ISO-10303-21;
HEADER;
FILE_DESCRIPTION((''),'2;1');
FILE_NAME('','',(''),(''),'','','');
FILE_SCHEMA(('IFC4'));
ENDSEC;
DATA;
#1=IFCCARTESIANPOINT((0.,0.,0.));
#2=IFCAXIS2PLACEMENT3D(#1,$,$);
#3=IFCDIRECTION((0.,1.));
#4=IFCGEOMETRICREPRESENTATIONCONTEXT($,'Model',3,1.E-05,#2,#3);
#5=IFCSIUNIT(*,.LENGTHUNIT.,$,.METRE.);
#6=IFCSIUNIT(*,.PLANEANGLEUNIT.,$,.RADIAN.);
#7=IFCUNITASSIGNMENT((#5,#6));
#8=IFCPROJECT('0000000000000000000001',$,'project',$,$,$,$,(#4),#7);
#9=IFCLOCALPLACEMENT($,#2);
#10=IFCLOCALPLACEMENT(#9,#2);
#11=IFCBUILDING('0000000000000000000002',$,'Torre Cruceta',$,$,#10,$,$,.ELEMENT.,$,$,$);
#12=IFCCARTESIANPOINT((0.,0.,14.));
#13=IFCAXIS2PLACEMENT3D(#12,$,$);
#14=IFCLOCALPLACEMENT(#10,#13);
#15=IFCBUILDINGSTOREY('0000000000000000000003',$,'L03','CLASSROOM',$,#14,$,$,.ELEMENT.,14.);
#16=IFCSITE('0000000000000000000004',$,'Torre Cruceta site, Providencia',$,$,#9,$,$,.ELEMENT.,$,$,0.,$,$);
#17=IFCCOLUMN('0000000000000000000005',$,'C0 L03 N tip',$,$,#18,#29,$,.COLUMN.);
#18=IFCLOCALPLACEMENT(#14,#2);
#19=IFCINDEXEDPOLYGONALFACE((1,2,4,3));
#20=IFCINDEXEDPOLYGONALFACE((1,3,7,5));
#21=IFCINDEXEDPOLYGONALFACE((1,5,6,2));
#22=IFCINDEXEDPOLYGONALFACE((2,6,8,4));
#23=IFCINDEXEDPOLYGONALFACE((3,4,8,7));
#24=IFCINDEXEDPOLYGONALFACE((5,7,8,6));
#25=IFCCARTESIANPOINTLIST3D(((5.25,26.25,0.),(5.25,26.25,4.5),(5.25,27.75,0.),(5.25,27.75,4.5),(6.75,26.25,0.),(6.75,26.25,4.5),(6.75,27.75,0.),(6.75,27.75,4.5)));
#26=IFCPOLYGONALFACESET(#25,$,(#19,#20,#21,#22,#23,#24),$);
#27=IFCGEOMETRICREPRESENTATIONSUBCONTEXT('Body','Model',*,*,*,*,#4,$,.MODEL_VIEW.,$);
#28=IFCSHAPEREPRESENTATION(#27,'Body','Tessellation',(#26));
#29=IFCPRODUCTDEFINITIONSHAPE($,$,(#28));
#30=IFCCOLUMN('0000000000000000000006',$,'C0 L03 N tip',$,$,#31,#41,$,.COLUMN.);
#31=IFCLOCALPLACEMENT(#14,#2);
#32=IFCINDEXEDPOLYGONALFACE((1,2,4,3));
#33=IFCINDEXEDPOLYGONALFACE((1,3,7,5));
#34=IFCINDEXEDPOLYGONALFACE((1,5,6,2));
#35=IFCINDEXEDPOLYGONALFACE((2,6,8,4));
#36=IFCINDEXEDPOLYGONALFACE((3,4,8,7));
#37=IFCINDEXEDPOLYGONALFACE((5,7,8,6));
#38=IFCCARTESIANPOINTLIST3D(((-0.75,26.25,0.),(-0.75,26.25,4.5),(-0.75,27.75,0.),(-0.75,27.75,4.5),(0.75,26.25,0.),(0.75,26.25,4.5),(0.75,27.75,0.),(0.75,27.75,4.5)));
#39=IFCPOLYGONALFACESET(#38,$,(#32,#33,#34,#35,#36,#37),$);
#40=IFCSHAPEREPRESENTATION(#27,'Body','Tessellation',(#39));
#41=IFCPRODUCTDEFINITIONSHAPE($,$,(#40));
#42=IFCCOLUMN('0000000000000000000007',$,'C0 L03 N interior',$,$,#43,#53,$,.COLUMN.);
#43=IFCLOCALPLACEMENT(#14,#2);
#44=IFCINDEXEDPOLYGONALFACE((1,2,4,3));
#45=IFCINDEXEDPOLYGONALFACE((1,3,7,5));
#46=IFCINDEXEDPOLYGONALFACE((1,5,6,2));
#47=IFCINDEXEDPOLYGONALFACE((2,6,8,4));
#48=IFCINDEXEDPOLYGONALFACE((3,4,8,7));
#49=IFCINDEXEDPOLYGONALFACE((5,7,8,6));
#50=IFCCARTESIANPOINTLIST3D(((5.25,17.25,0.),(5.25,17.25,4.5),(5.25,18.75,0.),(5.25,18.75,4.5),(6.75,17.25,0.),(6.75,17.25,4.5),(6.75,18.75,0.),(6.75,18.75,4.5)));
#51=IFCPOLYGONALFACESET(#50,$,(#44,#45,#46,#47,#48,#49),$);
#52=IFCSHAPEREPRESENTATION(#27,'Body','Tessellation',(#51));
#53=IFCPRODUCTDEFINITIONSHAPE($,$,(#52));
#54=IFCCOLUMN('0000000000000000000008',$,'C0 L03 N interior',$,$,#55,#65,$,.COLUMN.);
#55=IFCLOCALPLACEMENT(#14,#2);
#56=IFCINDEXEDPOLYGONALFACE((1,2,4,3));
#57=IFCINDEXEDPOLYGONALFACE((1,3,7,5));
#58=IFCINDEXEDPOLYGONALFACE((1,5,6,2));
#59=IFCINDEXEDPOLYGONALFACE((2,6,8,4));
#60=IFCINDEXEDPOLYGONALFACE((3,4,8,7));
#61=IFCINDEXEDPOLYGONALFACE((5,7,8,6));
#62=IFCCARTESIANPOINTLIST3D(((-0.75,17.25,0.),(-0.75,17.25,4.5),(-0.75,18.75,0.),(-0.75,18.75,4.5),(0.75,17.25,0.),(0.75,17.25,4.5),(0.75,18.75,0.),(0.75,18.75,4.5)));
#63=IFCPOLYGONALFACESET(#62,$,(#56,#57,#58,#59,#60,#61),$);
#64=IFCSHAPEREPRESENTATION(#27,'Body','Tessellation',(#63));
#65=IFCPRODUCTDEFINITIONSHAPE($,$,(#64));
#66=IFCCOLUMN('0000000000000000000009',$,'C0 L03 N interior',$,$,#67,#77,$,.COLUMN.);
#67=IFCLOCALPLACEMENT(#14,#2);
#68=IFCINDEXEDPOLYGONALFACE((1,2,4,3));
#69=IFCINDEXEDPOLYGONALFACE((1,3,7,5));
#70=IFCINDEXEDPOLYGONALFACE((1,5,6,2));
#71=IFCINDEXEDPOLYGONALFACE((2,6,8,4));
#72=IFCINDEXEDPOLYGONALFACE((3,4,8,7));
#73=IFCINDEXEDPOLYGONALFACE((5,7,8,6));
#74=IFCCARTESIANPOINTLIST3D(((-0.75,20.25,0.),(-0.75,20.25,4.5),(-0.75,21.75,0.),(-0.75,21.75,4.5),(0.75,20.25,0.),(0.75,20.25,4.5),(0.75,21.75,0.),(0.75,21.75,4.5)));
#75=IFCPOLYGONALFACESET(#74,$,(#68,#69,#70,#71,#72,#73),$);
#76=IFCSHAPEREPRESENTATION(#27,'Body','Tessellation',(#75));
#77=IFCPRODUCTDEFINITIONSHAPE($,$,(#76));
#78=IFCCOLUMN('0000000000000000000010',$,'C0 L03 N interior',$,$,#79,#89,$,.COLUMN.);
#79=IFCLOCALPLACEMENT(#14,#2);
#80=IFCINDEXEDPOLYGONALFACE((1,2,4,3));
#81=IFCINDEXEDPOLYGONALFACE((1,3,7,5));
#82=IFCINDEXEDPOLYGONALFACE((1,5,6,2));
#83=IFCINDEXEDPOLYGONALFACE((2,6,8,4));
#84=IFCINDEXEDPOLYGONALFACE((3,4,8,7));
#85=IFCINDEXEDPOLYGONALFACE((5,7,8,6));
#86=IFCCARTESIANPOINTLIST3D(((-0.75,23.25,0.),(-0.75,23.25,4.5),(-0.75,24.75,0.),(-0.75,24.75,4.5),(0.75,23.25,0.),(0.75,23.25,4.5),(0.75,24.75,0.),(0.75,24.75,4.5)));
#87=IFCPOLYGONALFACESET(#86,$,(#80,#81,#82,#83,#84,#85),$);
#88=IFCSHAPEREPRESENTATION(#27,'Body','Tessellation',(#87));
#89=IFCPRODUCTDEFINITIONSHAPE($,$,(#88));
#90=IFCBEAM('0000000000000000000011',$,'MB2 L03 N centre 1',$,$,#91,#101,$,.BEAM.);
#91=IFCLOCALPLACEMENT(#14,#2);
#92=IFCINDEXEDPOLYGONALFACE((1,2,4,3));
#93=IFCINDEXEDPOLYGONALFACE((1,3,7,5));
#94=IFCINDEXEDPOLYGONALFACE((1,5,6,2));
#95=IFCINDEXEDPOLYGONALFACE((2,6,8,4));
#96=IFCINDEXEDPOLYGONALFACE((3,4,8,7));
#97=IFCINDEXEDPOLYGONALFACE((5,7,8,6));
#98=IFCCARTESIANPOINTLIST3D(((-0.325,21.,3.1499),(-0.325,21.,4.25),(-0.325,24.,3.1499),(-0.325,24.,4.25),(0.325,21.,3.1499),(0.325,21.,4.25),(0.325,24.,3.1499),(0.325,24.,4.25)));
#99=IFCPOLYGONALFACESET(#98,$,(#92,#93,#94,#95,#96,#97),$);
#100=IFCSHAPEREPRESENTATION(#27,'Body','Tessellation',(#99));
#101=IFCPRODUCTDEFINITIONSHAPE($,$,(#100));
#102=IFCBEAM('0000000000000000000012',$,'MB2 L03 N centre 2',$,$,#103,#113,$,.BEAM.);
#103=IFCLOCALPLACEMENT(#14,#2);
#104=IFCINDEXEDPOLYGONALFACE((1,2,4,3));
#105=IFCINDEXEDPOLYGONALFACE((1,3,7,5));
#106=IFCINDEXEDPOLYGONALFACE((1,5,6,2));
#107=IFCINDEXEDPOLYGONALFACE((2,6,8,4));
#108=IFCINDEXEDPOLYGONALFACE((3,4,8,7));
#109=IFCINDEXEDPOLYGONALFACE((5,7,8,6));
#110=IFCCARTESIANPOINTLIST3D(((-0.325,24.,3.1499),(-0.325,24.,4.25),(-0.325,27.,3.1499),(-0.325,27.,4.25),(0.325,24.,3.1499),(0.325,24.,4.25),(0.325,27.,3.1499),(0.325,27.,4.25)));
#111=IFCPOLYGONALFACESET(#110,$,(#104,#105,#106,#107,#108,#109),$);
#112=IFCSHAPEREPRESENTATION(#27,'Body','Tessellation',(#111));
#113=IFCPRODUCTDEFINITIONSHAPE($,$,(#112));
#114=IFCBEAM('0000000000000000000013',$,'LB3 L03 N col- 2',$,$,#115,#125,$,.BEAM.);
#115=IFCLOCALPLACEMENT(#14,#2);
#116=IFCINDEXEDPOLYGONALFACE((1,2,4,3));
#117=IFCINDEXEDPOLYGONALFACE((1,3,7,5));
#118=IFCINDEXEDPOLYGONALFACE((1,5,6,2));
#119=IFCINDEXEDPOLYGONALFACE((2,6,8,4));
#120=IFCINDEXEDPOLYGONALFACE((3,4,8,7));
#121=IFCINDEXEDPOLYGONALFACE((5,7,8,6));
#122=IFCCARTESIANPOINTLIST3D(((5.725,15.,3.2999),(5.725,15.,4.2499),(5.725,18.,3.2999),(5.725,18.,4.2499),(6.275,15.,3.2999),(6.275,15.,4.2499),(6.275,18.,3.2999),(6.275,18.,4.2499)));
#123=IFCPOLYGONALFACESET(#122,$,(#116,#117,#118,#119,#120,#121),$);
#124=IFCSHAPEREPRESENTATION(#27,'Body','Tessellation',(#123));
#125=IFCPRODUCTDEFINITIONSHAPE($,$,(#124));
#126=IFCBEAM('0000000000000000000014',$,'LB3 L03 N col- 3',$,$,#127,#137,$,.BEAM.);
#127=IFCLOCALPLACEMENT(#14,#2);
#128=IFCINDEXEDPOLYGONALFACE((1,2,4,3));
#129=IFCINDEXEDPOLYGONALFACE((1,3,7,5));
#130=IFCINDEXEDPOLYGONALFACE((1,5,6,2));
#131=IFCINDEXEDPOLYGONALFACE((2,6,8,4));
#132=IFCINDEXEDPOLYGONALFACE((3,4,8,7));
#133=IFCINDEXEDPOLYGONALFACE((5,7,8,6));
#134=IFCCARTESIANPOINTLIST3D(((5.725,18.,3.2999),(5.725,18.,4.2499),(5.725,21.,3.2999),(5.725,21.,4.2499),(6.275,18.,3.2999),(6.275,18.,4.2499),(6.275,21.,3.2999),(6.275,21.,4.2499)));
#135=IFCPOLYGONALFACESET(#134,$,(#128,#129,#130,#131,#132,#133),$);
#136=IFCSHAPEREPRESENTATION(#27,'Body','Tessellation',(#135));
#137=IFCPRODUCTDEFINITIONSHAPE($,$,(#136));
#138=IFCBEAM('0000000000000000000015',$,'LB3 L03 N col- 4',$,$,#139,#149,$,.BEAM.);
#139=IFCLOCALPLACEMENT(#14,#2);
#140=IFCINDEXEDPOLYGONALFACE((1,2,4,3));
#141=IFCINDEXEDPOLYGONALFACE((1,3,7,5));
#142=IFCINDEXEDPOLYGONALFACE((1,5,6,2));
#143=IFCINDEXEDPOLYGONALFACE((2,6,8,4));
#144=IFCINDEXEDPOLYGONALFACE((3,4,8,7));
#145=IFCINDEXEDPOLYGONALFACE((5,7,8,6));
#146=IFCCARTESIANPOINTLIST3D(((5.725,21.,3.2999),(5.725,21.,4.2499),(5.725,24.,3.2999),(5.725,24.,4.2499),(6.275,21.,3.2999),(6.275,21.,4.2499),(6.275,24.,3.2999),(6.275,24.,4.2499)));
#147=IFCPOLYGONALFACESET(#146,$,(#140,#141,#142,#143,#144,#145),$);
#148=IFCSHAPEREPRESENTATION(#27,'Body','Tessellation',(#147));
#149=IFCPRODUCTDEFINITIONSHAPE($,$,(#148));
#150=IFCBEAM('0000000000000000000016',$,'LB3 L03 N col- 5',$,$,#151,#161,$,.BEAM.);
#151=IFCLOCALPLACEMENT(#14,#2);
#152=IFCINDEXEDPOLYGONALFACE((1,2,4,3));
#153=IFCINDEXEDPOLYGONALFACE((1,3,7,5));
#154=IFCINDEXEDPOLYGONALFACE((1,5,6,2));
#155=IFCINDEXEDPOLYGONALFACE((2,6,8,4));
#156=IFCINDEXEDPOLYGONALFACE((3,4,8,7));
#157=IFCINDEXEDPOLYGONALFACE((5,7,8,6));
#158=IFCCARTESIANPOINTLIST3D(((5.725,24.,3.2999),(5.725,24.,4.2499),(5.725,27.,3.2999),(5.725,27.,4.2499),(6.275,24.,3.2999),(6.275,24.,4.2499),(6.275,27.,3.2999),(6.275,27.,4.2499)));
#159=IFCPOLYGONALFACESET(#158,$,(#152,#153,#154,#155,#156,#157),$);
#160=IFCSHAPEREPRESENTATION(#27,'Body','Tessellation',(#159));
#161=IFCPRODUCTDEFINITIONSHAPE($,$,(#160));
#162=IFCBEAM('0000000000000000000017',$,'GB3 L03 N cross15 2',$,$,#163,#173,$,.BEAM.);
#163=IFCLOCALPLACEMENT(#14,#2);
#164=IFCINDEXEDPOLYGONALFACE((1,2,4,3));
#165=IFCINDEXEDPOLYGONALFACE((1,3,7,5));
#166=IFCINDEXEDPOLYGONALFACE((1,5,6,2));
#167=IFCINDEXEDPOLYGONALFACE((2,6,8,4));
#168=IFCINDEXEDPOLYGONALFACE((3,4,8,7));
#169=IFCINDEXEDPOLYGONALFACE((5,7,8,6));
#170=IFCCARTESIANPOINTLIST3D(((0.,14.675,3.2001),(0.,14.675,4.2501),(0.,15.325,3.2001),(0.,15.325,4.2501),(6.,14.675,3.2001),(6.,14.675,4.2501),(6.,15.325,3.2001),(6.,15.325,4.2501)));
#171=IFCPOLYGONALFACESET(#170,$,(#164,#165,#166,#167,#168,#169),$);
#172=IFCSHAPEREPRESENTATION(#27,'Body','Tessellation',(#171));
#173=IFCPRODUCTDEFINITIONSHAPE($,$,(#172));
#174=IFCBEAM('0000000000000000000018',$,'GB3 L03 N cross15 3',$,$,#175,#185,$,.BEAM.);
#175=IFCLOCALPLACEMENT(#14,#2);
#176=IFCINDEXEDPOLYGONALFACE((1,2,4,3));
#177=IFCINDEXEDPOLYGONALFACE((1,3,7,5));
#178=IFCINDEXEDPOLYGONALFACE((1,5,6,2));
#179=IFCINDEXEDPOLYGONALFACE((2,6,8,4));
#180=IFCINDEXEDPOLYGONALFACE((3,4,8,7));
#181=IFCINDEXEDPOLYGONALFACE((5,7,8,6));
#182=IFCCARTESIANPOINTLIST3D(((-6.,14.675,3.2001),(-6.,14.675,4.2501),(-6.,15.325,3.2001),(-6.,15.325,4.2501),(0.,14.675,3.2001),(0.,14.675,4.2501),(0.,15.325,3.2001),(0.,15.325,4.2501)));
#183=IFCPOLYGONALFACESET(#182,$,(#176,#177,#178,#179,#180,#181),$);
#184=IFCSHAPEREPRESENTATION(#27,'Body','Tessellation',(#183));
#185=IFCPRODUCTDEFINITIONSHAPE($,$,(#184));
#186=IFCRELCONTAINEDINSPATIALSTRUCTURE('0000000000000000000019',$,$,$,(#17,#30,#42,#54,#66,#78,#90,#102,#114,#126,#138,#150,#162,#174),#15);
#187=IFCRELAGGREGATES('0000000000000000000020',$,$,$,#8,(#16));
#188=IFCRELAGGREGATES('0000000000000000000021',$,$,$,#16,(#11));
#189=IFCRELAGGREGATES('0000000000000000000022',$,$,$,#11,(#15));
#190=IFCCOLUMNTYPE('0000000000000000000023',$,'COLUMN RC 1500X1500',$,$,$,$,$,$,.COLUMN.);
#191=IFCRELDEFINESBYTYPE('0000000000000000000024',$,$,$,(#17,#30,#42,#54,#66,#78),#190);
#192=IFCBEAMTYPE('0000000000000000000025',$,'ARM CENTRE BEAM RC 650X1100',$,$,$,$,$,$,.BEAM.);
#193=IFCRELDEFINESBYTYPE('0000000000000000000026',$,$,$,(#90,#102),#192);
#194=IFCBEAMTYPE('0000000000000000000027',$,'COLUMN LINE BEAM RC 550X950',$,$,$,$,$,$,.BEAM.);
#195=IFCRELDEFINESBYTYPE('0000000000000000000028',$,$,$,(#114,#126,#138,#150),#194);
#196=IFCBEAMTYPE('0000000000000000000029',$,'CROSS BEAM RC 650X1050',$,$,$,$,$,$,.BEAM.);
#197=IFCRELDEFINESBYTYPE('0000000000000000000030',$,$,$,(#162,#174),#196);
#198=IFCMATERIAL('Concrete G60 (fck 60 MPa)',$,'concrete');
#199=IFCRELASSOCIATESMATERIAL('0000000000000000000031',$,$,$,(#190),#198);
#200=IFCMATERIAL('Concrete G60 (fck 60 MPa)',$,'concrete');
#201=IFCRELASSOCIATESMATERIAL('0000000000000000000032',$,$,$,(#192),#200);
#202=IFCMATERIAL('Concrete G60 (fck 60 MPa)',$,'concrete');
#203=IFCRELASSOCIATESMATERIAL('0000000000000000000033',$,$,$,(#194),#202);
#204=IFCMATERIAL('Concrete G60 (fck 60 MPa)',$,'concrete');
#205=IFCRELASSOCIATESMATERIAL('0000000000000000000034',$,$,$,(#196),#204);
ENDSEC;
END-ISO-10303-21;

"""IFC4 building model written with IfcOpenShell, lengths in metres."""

from ifc_helpers import new_model, si_unit, direction, frame, origin, origin_2d, place, context, subcontext, project, spatial, rectangle, extrude, material, material_profile, profile_set, type_object, element, save


model = new_model("IFC4")

# Units and contexts
model_context = context("Model", 3, precision=1e-05, world=origin(), true_north=direction((0.0, 1.0)))
body_context = subcontext(model_context, "Body", "Model", "MODEL_VIEW")
ifc_project = project(units=[si_unit("LENGTHUNIT", "METRE"), si_unit("PLANEANGLEUNIT", "RADIAN")], contexts=[model_context])

# Site, building, storey
site_placement = place(None, origin())
site = spatial("IfcSite", under=ifc_project, at=site_placement, Name="Torre Cruceta site, Providencia", CompositionType="ELEMENT", RefElevation=0.0)
building_placement = place(site_placement, origin())
building = spatial("IfcBuilding", under=site, at=building_placement, Name="Torre Cruceta", CompositionType="ELEMENT")
storey_placement = place(building_placement, frame((0.0, 0.0, 14.0)))
storey = spatial("IfcBuildingStorey", under=building, at=storey_placement, Name="L03", Description="CLASSROOM", CompositionType="ELEMENT", Elevation=14.0)

# Columns
ifc_material_1 = material(Name="Concrete G60 (fck 60 MPa)", Category="concrete")
ifc_material_profile_1 = material_profile(ifc_material_1, rectangle(XDim=1.5, YDim=1.5, at=origin_2d()), Name="RC 1500X1500")
ifc_profile_set_1 = profile_set([ifc_material_profile_1], Name="Concrete G60 (fck 60 MPa)")
column_type = type_object("IfcColumnType", Name="COLUMN RC 1500X1500", PredefinedType="COLUMN", material=ifc_profile_set_1)
for number, where, z_axis, x_axis, name in (
    (1, (6.0, 27.0, 0.0), (0.0, 0.0, 1.0), (1.0, 0.0, 0.0), "C0 L03 N tip"),
    (2, (0.0, 27.0, 0.0), (0.0, 0.0, 1.0), (1.0, 0.0, 0.0), "C0 L03 N tip"),
    (3, (6.0, 18.0, 0.0), (0.0, 0.0, 1.0), (1.0, 0.0, 0.0), "C0 L03 N interior"),
    (4, (0.0, 18.0, 0.0), (0.0, 0.0, 1.0), (1.0, 0.0, 0.0), "C0 L03 N interior"),
    (5, (0.0, 21.0, 0.0), (0.0, 0.0, 1.0), (1.0, 0.0, 0.0), "C0 L03 N interior"),
    (6, (0.0, 24.0, 0.0), (0.0, 0.0, 1.0), (1.0, 0.0, 0.0), "C0 L03 N interior"),
):
    element("IfcColumn", number, at=place(storey_placement, frame(where, z_axis=z_axis, x_axis=x_axis)), inside=storey, type_object=column_type, Name=name, PredefinedType="COLUMN", context=body_context, shape_type="SweptSolid", body=[
        extrude(rectangle(XDim=1.5, YDim=1.5, at=origin_2d()), origin(), (0.0, 0.0, 1.0), 4.5),
    ])

# Beams
ifc_material_2 = material(Name="Concrete G60 (fck 60 MPa)", Category="concrete")
ifc_material_profile_2 = material_profile(ifc_material_2, rectangle(XDim=0.6499, YDim=1.1001, at=origin_2d()), Name="RC 650X1100")
ifc_profile_set_2 = profile_set([ifc_material_profile_2], Name="Concrete G60 (fck 60 MPa)")
beam_type_1 = type_object("IfcBeamType", Name="ARM CENTRE BEAM RC 650X1100", PredefinedType="BEAM", material=ifc_profile_set_2)
for number, where, z_axis, x_axis, name in (
    (7, (0.0, 21.0, 3.7), (0.0, 1.0, 0.0), (-1.0, 0.0, 0.0), "MB2 L03 N centre 1"),
    (8, (0.0, 24.0, 3.7), (0.0, 1.0, 0.0), (-1.0, 0.0, 0.0), "MB2 L03 N centre 2"),
):
    element("IfcBeam", number, at=place(storey_placement, frame(where, z_axis=z_axis, x_axis=x_axis)), inside=storey, type_object=beam_type_1, Name=name, PredefinedType="BEAM", context=body_context, shape_type="SweptSolid", body=[
        extrude(rectangle(XDim=0.6499, YDim=1.1001, at=origin_2d()), origin(), (0.0, 0.0, 1.0), 3.0),
    ])
ifc_material_3 = material(Name="Concrete G60 (fck 60 MPa)", Category="concrete")
ifc_material_profile_3 = material_profile(ifc_material_3, rectangle(XDim=0.55, YDim=0.95, at=origin_2d()), Name="RC 550X950")
ifc_profile_set_3 = profile_set([ifc_material_profile_3], Name="Concrete G60 (fck 60 MPa)")
beam_type_2 = type_object("IfcBeamType", Name="COLUMN LINE BEAM RC 550X950", PredefinedType="BEAM", material=ifc_profile_set_3)
for number, where, z_axis, x_axis, name in (
    (9, (6.0, 15.0, 3.7749), (0.0, 1.0, 0.0), (-1.0, 0.0, 0.0), "LB3 L03 N col- 2"),
    (10, (6.0, 18.0, 3.7749), (0.0, 1.0, 0.0), (-1.0, 0.0, 0.0), "LB3 L03 N col- 3"),
    (11, (6.0, 21.0, 3.7749), (0.0, 1.0, 0.0), (-1.0, 0.0, 0.0), "LB3 L03 N col- 4"),
    (12, (6.0, 24.0, 3.7749), (0.0, 1.0, 0.0), (-1.0, 0.0, 0.0), "LB3 L03 N col- 5"),
):
    element("IfcBeam", number, at=place(storey_placement, frame(where, z_axis=z_axis, x_axis=x_axis)), inside=storey, type_object=beam_type_2, Name=name, PredefinedType="BEAM", context=body_context, shape_type="SweptSolid", body=[
        extrude(rectangle(XDim=0.55, YDim=0.95, at=origin_2d()), origin(), (0.0, 0.0, 1.0), 3.0),
    ])
ifc_material_4 = material(Name="Concrete G60 (fck 60 MPa)", Category="concrete")
ifc_material_profile_4 = material_profile(ifc_material_4, rectangle(XDim=0.6499, YDim=1.05, at=origin_2d()), Name="RC 650X1050")
ifc_profile_set_4 = profile_set([ifc_material_profile_4], Name="Concrete G60 (fck 60 MPa)")
beam_type_3 = type_object("IfcBeamType", Name="CROSS BEAM RC 650X1050", PredefinedType="BEAM", material=ifc_profile_set_4)
for number, where, z_axis, x_axis, name in (
    (13, (6.0, 15.0, 3.7251), (-1.0, 0.0, 0.0), (0.0, -1.0, 0.0), "GB3 L03 N cross15 2"),
    (14, (0.0, 15.0, 3.7251), (-1.0, 0.0, 0.0), (0.0, -1.0, 0.0), "GB3 L03 N cross15 3"),
):
    element("IfcBeam", number, at=place(storey_placement, frame(where, z_axis=z_axis, x_axis=x_axis)), inside=storey, type_object=beam_type_3, Name=name, PredefinedType="BEAM", context=body_context, shape_type="SweptSolid", body=[
        extrude(rectangle(XDim=0.6499, YDim=1.05, at=origin_2d()), origin(), (0.0, 0.0, 1.0), 6.0),
    ])

save(model, "model.ifc")
